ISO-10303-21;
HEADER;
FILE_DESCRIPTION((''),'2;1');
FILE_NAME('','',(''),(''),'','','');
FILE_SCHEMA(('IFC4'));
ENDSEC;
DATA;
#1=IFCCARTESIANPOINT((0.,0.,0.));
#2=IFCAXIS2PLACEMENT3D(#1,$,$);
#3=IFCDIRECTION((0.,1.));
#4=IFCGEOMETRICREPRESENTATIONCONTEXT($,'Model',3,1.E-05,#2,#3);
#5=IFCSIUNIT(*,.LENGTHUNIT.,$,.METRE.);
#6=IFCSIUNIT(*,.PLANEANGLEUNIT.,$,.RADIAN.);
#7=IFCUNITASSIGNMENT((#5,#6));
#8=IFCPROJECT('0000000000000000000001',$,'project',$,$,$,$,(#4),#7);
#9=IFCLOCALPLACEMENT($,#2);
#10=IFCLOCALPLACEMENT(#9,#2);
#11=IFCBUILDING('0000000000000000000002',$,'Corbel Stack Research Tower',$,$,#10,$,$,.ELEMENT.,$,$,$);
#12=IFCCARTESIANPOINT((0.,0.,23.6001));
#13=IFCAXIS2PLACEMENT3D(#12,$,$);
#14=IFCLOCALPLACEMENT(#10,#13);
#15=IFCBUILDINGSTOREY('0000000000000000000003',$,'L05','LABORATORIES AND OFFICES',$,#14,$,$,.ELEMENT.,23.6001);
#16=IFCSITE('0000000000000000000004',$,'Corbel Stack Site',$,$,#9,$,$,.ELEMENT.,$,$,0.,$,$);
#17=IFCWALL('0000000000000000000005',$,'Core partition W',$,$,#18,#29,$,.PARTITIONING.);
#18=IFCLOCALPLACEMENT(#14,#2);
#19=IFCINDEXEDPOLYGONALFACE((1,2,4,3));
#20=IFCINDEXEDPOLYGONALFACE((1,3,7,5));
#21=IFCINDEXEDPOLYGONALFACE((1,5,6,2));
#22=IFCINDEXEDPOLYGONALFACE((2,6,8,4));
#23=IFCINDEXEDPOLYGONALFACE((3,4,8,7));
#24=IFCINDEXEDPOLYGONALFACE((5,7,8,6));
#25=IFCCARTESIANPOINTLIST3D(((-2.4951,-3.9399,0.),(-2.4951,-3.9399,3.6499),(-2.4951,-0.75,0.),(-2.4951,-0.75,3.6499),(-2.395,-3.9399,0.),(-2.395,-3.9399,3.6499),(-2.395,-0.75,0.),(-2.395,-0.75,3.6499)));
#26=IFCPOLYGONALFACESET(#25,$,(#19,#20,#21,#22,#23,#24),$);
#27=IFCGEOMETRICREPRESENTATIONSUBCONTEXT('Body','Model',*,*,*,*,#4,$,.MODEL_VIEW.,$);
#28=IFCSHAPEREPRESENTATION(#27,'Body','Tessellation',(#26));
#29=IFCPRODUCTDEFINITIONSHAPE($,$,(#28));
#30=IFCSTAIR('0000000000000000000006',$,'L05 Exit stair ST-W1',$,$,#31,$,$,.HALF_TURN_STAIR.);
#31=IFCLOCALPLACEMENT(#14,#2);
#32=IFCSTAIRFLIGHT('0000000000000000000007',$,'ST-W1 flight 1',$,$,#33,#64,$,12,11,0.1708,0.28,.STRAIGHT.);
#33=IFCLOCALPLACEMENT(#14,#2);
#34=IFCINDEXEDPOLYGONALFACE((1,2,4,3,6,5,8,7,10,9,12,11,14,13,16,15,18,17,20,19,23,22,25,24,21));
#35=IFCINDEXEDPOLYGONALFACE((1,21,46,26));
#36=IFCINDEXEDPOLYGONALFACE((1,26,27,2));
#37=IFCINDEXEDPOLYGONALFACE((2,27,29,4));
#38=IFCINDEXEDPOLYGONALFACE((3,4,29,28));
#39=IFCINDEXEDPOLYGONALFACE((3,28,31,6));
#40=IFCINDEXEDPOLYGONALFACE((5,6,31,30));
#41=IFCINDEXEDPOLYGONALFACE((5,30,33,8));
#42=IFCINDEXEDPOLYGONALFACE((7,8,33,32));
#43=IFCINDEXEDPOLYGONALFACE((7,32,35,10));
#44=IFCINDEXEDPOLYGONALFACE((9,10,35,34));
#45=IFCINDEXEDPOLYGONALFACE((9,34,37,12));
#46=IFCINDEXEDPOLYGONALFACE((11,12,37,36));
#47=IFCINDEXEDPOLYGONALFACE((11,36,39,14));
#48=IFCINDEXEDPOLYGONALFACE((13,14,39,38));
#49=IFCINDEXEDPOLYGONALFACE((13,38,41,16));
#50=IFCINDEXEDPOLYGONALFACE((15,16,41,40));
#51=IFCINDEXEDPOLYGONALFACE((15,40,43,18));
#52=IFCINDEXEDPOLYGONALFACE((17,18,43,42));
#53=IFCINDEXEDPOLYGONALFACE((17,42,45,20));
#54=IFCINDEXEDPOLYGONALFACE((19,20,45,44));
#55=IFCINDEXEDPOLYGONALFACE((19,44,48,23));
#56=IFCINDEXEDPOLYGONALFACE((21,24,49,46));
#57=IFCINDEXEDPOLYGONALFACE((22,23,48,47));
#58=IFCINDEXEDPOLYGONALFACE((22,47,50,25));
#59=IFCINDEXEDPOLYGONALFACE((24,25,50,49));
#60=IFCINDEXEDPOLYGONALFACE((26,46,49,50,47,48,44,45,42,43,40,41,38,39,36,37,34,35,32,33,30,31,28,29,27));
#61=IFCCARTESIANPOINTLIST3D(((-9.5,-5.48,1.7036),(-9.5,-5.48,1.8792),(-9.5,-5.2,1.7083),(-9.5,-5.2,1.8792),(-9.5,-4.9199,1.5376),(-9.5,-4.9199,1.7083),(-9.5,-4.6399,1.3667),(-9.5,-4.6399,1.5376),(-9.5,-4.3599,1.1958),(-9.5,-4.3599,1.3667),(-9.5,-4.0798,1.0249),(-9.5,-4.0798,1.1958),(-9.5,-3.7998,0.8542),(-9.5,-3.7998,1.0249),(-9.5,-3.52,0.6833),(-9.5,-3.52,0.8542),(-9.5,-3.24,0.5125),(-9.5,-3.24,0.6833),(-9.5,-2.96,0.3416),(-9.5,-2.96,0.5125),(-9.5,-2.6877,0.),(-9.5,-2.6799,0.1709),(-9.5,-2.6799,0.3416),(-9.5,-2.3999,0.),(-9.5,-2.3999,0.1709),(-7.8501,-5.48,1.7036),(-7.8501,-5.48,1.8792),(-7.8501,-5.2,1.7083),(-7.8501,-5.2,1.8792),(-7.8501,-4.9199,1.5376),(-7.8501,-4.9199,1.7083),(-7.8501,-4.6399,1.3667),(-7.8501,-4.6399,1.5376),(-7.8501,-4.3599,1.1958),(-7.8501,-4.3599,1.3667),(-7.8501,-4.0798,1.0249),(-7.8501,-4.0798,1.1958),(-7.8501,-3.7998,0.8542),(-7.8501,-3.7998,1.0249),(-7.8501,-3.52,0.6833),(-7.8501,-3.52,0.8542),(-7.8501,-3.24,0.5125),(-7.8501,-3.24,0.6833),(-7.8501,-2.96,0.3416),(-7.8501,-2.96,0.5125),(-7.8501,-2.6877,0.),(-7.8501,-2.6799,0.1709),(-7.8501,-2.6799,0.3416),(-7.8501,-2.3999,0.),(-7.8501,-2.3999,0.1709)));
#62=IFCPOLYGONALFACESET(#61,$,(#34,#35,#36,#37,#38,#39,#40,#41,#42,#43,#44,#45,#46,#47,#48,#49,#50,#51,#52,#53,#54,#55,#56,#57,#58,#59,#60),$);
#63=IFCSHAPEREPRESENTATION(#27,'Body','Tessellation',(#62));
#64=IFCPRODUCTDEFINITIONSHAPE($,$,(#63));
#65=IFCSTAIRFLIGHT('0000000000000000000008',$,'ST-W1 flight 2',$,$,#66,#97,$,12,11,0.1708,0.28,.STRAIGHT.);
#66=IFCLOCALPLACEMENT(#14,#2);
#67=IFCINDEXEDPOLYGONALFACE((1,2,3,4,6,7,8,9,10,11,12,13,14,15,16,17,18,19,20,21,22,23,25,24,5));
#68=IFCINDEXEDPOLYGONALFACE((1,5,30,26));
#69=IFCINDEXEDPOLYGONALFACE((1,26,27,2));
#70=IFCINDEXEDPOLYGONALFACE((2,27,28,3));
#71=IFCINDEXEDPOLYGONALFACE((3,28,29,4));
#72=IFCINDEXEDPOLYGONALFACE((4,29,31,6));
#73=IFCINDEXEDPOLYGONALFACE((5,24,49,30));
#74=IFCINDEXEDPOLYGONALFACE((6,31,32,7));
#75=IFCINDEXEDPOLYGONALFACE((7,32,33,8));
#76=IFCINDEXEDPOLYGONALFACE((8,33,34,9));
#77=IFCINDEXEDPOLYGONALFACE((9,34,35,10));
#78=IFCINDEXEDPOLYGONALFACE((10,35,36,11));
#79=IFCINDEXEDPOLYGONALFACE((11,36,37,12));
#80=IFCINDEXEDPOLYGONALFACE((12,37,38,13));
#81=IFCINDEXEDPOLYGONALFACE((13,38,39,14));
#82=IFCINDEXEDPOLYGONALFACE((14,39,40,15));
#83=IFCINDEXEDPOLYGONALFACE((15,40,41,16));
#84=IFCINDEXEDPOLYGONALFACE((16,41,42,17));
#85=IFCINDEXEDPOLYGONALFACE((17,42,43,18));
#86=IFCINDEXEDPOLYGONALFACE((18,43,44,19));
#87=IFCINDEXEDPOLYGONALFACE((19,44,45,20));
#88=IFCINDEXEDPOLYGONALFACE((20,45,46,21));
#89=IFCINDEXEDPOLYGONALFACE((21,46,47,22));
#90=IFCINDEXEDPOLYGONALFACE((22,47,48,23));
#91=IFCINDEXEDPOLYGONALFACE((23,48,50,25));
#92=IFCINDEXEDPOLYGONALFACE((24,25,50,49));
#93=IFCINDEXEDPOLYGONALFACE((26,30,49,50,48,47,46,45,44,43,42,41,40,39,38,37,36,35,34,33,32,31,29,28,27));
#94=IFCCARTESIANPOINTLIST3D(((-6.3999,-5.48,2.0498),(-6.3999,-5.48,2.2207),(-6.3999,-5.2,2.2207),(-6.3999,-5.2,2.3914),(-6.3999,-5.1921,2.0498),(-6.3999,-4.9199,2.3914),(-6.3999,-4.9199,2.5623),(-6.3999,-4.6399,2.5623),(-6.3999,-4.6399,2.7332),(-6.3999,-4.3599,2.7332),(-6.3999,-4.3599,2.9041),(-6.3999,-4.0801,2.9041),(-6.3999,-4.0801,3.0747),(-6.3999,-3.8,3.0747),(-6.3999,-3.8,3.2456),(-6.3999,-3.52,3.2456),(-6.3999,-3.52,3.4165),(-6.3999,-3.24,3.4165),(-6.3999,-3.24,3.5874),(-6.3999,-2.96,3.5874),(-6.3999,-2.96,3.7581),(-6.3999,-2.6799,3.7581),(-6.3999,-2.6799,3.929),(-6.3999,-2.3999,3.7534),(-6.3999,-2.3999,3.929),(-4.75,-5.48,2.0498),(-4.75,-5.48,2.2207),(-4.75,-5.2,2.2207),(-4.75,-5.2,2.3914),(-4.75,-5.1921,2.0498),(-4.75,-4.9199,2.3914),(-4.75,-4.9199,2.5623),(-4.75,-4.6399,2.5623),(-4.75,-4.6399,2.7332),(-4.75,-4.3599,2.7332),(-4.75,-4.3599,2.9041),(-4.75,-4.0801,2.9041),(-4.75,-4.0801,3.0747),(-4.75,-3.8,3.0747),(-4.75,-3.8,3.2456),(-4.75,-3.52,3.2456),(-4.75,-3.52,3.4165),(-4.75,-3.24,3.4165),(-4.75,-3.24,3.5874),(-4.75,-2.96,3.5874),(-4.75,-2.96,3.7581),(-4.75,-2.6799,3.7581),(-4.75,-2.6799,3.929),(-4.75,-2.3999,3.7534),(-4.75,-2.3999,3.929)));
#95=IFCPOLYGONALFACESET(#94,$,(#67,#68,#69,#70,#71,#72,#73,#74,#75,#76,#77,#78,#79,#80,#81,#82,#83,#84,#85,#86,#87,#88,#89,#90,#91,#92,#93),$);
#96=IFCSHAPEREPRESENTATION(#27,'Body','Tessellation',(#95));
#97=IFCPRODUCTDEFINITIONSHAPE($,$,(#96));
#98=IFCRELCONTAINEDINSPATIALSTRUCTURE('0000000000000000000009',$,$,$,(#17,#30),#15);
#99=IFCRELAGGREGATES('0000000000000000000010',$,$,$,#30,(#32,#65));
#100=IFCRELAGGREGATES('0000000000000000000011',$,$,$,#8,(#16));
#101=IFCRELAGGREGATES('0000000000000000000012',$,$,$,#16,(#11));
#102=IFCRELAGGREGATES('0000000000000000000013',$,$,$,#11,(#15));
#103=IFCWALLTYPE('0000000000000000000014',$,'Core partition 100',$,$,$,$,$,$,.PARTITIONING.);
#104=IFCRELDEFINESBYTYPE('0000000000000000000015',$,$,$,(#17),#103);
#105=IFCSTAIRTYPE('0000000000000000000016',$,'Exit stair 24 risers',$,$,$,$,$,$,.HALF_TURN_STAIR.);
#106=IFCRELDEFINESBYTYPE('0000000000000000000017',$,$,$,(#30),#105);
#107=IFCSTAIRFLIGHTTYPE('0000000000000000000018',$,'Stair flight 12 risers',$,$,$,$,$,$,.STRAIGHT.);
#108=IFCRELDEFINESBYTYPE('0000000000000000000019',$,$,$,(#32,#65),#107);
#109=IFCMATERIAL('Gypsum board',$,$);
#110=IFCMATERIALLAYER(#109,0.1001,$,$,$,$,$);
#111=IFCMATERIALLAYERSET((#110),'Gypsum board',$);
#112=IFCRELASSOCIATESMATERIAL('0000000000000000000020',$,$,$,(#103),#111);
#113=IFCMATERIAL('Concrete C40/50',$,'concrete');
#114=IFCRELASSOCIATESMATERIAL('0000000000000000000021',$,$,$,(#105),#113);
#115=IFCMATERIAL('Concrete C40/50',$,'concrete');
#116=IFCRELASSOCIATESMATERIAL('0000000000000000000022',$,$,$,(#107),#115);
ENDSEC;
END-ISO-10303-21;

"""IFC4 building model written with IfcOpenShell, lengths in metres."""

from ifc_helpers import new_model, si_unit, direction, frame, frame_2d, origin, place, context, subcontext, project, spatial, polyline, rectangle, outline, extrude, material, layer, layer_set, type_object, element, aggregate, save


model = new_model("IFC4")

# Units and contexts
model_context = context("Model", 3, precision=1e-05, world=origin(), true_north=direction((0.0, 1.0)))
body_context = subcontext(model_context, "Body", "Model", "MODEL_VIEW")
ifc_project = project(units=[si_unit("LENGTHUNIT", "METRE"), si_unit("PLANEANGLEUNIT", "RADIAN")], contexts=[model_context])

# Site, building, storey
site_placement = place(None, origin())
site = spatial("IfcSite", under=ifc_project, at=site_placement, Name="Corbel Stack Site", CompositionType="ELEMENT", RefElevation=0.0)
building_placement = place(site_placement, origin())
building = spatial("IfcBuilding", under=site, at=building_placement, Name="Corbel Stack Research Tower", CompositionType="ELEMENT")
storey_placement = place(building_placement, frame((0.0, 0.0, 23.6001)))
storey = spatial("IfcBuildingStorey", under=building, at=storey_placement, Name="L05", Description="LABORATORIES AND OFFICES", CompositionType="ELEMENT", Elevation=23.6001)

# Shared definitions
ifc_material_1 = material(Name="Gypsum board")
ifc_layer_1 = layer(ifc_material_1, 0.1001)
ifc_layer_set_1 = layer_set([ifc_layer_1], Name="Gypsum board")
wall_type_1 = type_object("IfcWallType", Name="Core partition 100", PredefinedType="PARTITIONING", material=ifc_layer_set_1)

# Wall
wall_1_placement = place(storey_placement, frame((-2.4451, -3.9399, 0.0), z_axis=(0.0, 0.0, 1.0), x_axis=(0.0, 1.0, 0.0)))
element("IfcWall", 1, at=wall_1_placement, inside=storey, type_object=wall_type_1, Name="Core partition W", PredefinedType="PARTITIONING", context=body_context, shape_type="SweptSolid", body=[
    extrude(rectangle(XDim=3.1899, YDim=0.1001, at=frame_2d((1.595, 0.0))), origin(), (0.0, 0.0, 1.0), 3.6499),
])

# Stair, stair flights
ifc_material_2 = material(Name="Concrete C40/50", Category="concrete")
stair_type = type_object("IfcStairType", Name="Exit stair 24 risers", PredefinedType="HALF_TURN_STAIR", material=ifc_material_2)
stair_placement = place(storey_placement, origin())
stair = element("IfcStair", 2, at=stair_placement, inside=storey, type_object=stair_type, Name="L05 Exit stair ST-W1", PredefinedType="HALF_TURN_STAIR")
ifc_material_3 = material(Name="Concrete C40/50", Category="concrete")
stair_flight_type = type_object("IfcStairFlightType", Name="Stair flight 12 risers", PredefinedType="STRAIGHT", material=ifc_material_3)
stair_flight_1_placement = place(storey_placement, frame((-8.675, -2.3999, 0.0), z_axis=(0.0, 0.0, 1.0), x_axis=(0.0, -1.0, 0.0)))
stair_flight_1 = element("IfcStairFlight", 3, at=stair_flight_1_placement, type_object=stair_flight_type, Name="ST-W1 flight 1", NumberOfRisers=12, NumberOfTreads=11, PredefinedType="STRAIGHT", RiserHeight=0.1708, TreadLength=0.28, context=body_context, shape_type="SweptSolid", body=[
    extrude(outline(polyline([(0.0, 0.0), (0.0, 0.1709), (0.28, 0.1709), (0.28, 0.3416), (0.5601, 0.3416), (0.5601, 0.5125), (0.8401, 0.5125), (0.8401, 0.6833), (1.1201, 0.6833), (1.1201, 0.8542), (1.3999, 0.8542), (1.3999, 1.0249), (1.6799, 1.0249), (1.6799, 1.1958), (1.96, 1.1958), (1.96, 1.3667), (2.24, 1.3667), (2.24, 1.5376), (2.52, 1.5376), (2.52, 1.7083), (2.8, 1.7083), (2.8, 1.8792), (3.0801, 1.8792), (3.0801, 2.05), (3.0801, 1.7036), (0.2878, 0.0), (0.0, 0.0)])), frame((0.0, 0.825, 0.0), z_axis=(0.0, -1.0, 0.0), x_axis=(1.0, 0.0, 0.0)), (0.0, 0.0, 1.0), 1.6499),
])
stair_flight_2_placement = place(storey_placement, frame((-5.575, -5.48, 2.0498), z_axis=(0.0, 0.0, 1.0), x_axis=(0.0, 1.0, 0.0)))
stair_flight_2 = element("IfcStairFlight", 4, at=stair_flight_2_placement, type_object=stair_flight_type, Name="ST-W1 flight 2", NumberOfRisers=12, NumberOfTreads=11, PredefinedType="STRAIGHT", RiserHeight=0.1708, TreadLength=0.28, context=body_context, shape_type="SweptSolid", body=[
    extrude(outline(polyline([(0.0, 0.0), (0.0, 0.1709), (0.28, 0.1709), (0.28, 0.3416), (0.5601, 0.3416), (0.5601, 0.5125), (0.8401, 0.5125), (0.8401, 0.6833), (1.1201, 0.6833), (1.1201, 0.8542), (1.3999, 0.8542), (1.3999, 1.0249), (1.6799, 1.0249), (1.6799, 1.1958), (1.96, 1.1958), (1.96, 1.3667), (2.24, 1.3667), (2.24, 1.5376), (2.52, 1.5376), (2.52, 1.7083), (2.8, 1.7083), (2.8, 1.8792), (3.0801, 1.8792), (3.0801, 2.05), (3.0801, 1.7036), (0.2878, 0.0), (0.0, 0.0)])), frame((0.0, 0.825, 0.0), z_axis=(0.0, -1.0, 0.0), x_axis=(1.0, 0.0, 0.0)), (0.0, 0.0, 1.0), 1.6499),
])
aggregate(stair, [stair_flight_1, stair_flight_2])

save(model, "model.ifc")
